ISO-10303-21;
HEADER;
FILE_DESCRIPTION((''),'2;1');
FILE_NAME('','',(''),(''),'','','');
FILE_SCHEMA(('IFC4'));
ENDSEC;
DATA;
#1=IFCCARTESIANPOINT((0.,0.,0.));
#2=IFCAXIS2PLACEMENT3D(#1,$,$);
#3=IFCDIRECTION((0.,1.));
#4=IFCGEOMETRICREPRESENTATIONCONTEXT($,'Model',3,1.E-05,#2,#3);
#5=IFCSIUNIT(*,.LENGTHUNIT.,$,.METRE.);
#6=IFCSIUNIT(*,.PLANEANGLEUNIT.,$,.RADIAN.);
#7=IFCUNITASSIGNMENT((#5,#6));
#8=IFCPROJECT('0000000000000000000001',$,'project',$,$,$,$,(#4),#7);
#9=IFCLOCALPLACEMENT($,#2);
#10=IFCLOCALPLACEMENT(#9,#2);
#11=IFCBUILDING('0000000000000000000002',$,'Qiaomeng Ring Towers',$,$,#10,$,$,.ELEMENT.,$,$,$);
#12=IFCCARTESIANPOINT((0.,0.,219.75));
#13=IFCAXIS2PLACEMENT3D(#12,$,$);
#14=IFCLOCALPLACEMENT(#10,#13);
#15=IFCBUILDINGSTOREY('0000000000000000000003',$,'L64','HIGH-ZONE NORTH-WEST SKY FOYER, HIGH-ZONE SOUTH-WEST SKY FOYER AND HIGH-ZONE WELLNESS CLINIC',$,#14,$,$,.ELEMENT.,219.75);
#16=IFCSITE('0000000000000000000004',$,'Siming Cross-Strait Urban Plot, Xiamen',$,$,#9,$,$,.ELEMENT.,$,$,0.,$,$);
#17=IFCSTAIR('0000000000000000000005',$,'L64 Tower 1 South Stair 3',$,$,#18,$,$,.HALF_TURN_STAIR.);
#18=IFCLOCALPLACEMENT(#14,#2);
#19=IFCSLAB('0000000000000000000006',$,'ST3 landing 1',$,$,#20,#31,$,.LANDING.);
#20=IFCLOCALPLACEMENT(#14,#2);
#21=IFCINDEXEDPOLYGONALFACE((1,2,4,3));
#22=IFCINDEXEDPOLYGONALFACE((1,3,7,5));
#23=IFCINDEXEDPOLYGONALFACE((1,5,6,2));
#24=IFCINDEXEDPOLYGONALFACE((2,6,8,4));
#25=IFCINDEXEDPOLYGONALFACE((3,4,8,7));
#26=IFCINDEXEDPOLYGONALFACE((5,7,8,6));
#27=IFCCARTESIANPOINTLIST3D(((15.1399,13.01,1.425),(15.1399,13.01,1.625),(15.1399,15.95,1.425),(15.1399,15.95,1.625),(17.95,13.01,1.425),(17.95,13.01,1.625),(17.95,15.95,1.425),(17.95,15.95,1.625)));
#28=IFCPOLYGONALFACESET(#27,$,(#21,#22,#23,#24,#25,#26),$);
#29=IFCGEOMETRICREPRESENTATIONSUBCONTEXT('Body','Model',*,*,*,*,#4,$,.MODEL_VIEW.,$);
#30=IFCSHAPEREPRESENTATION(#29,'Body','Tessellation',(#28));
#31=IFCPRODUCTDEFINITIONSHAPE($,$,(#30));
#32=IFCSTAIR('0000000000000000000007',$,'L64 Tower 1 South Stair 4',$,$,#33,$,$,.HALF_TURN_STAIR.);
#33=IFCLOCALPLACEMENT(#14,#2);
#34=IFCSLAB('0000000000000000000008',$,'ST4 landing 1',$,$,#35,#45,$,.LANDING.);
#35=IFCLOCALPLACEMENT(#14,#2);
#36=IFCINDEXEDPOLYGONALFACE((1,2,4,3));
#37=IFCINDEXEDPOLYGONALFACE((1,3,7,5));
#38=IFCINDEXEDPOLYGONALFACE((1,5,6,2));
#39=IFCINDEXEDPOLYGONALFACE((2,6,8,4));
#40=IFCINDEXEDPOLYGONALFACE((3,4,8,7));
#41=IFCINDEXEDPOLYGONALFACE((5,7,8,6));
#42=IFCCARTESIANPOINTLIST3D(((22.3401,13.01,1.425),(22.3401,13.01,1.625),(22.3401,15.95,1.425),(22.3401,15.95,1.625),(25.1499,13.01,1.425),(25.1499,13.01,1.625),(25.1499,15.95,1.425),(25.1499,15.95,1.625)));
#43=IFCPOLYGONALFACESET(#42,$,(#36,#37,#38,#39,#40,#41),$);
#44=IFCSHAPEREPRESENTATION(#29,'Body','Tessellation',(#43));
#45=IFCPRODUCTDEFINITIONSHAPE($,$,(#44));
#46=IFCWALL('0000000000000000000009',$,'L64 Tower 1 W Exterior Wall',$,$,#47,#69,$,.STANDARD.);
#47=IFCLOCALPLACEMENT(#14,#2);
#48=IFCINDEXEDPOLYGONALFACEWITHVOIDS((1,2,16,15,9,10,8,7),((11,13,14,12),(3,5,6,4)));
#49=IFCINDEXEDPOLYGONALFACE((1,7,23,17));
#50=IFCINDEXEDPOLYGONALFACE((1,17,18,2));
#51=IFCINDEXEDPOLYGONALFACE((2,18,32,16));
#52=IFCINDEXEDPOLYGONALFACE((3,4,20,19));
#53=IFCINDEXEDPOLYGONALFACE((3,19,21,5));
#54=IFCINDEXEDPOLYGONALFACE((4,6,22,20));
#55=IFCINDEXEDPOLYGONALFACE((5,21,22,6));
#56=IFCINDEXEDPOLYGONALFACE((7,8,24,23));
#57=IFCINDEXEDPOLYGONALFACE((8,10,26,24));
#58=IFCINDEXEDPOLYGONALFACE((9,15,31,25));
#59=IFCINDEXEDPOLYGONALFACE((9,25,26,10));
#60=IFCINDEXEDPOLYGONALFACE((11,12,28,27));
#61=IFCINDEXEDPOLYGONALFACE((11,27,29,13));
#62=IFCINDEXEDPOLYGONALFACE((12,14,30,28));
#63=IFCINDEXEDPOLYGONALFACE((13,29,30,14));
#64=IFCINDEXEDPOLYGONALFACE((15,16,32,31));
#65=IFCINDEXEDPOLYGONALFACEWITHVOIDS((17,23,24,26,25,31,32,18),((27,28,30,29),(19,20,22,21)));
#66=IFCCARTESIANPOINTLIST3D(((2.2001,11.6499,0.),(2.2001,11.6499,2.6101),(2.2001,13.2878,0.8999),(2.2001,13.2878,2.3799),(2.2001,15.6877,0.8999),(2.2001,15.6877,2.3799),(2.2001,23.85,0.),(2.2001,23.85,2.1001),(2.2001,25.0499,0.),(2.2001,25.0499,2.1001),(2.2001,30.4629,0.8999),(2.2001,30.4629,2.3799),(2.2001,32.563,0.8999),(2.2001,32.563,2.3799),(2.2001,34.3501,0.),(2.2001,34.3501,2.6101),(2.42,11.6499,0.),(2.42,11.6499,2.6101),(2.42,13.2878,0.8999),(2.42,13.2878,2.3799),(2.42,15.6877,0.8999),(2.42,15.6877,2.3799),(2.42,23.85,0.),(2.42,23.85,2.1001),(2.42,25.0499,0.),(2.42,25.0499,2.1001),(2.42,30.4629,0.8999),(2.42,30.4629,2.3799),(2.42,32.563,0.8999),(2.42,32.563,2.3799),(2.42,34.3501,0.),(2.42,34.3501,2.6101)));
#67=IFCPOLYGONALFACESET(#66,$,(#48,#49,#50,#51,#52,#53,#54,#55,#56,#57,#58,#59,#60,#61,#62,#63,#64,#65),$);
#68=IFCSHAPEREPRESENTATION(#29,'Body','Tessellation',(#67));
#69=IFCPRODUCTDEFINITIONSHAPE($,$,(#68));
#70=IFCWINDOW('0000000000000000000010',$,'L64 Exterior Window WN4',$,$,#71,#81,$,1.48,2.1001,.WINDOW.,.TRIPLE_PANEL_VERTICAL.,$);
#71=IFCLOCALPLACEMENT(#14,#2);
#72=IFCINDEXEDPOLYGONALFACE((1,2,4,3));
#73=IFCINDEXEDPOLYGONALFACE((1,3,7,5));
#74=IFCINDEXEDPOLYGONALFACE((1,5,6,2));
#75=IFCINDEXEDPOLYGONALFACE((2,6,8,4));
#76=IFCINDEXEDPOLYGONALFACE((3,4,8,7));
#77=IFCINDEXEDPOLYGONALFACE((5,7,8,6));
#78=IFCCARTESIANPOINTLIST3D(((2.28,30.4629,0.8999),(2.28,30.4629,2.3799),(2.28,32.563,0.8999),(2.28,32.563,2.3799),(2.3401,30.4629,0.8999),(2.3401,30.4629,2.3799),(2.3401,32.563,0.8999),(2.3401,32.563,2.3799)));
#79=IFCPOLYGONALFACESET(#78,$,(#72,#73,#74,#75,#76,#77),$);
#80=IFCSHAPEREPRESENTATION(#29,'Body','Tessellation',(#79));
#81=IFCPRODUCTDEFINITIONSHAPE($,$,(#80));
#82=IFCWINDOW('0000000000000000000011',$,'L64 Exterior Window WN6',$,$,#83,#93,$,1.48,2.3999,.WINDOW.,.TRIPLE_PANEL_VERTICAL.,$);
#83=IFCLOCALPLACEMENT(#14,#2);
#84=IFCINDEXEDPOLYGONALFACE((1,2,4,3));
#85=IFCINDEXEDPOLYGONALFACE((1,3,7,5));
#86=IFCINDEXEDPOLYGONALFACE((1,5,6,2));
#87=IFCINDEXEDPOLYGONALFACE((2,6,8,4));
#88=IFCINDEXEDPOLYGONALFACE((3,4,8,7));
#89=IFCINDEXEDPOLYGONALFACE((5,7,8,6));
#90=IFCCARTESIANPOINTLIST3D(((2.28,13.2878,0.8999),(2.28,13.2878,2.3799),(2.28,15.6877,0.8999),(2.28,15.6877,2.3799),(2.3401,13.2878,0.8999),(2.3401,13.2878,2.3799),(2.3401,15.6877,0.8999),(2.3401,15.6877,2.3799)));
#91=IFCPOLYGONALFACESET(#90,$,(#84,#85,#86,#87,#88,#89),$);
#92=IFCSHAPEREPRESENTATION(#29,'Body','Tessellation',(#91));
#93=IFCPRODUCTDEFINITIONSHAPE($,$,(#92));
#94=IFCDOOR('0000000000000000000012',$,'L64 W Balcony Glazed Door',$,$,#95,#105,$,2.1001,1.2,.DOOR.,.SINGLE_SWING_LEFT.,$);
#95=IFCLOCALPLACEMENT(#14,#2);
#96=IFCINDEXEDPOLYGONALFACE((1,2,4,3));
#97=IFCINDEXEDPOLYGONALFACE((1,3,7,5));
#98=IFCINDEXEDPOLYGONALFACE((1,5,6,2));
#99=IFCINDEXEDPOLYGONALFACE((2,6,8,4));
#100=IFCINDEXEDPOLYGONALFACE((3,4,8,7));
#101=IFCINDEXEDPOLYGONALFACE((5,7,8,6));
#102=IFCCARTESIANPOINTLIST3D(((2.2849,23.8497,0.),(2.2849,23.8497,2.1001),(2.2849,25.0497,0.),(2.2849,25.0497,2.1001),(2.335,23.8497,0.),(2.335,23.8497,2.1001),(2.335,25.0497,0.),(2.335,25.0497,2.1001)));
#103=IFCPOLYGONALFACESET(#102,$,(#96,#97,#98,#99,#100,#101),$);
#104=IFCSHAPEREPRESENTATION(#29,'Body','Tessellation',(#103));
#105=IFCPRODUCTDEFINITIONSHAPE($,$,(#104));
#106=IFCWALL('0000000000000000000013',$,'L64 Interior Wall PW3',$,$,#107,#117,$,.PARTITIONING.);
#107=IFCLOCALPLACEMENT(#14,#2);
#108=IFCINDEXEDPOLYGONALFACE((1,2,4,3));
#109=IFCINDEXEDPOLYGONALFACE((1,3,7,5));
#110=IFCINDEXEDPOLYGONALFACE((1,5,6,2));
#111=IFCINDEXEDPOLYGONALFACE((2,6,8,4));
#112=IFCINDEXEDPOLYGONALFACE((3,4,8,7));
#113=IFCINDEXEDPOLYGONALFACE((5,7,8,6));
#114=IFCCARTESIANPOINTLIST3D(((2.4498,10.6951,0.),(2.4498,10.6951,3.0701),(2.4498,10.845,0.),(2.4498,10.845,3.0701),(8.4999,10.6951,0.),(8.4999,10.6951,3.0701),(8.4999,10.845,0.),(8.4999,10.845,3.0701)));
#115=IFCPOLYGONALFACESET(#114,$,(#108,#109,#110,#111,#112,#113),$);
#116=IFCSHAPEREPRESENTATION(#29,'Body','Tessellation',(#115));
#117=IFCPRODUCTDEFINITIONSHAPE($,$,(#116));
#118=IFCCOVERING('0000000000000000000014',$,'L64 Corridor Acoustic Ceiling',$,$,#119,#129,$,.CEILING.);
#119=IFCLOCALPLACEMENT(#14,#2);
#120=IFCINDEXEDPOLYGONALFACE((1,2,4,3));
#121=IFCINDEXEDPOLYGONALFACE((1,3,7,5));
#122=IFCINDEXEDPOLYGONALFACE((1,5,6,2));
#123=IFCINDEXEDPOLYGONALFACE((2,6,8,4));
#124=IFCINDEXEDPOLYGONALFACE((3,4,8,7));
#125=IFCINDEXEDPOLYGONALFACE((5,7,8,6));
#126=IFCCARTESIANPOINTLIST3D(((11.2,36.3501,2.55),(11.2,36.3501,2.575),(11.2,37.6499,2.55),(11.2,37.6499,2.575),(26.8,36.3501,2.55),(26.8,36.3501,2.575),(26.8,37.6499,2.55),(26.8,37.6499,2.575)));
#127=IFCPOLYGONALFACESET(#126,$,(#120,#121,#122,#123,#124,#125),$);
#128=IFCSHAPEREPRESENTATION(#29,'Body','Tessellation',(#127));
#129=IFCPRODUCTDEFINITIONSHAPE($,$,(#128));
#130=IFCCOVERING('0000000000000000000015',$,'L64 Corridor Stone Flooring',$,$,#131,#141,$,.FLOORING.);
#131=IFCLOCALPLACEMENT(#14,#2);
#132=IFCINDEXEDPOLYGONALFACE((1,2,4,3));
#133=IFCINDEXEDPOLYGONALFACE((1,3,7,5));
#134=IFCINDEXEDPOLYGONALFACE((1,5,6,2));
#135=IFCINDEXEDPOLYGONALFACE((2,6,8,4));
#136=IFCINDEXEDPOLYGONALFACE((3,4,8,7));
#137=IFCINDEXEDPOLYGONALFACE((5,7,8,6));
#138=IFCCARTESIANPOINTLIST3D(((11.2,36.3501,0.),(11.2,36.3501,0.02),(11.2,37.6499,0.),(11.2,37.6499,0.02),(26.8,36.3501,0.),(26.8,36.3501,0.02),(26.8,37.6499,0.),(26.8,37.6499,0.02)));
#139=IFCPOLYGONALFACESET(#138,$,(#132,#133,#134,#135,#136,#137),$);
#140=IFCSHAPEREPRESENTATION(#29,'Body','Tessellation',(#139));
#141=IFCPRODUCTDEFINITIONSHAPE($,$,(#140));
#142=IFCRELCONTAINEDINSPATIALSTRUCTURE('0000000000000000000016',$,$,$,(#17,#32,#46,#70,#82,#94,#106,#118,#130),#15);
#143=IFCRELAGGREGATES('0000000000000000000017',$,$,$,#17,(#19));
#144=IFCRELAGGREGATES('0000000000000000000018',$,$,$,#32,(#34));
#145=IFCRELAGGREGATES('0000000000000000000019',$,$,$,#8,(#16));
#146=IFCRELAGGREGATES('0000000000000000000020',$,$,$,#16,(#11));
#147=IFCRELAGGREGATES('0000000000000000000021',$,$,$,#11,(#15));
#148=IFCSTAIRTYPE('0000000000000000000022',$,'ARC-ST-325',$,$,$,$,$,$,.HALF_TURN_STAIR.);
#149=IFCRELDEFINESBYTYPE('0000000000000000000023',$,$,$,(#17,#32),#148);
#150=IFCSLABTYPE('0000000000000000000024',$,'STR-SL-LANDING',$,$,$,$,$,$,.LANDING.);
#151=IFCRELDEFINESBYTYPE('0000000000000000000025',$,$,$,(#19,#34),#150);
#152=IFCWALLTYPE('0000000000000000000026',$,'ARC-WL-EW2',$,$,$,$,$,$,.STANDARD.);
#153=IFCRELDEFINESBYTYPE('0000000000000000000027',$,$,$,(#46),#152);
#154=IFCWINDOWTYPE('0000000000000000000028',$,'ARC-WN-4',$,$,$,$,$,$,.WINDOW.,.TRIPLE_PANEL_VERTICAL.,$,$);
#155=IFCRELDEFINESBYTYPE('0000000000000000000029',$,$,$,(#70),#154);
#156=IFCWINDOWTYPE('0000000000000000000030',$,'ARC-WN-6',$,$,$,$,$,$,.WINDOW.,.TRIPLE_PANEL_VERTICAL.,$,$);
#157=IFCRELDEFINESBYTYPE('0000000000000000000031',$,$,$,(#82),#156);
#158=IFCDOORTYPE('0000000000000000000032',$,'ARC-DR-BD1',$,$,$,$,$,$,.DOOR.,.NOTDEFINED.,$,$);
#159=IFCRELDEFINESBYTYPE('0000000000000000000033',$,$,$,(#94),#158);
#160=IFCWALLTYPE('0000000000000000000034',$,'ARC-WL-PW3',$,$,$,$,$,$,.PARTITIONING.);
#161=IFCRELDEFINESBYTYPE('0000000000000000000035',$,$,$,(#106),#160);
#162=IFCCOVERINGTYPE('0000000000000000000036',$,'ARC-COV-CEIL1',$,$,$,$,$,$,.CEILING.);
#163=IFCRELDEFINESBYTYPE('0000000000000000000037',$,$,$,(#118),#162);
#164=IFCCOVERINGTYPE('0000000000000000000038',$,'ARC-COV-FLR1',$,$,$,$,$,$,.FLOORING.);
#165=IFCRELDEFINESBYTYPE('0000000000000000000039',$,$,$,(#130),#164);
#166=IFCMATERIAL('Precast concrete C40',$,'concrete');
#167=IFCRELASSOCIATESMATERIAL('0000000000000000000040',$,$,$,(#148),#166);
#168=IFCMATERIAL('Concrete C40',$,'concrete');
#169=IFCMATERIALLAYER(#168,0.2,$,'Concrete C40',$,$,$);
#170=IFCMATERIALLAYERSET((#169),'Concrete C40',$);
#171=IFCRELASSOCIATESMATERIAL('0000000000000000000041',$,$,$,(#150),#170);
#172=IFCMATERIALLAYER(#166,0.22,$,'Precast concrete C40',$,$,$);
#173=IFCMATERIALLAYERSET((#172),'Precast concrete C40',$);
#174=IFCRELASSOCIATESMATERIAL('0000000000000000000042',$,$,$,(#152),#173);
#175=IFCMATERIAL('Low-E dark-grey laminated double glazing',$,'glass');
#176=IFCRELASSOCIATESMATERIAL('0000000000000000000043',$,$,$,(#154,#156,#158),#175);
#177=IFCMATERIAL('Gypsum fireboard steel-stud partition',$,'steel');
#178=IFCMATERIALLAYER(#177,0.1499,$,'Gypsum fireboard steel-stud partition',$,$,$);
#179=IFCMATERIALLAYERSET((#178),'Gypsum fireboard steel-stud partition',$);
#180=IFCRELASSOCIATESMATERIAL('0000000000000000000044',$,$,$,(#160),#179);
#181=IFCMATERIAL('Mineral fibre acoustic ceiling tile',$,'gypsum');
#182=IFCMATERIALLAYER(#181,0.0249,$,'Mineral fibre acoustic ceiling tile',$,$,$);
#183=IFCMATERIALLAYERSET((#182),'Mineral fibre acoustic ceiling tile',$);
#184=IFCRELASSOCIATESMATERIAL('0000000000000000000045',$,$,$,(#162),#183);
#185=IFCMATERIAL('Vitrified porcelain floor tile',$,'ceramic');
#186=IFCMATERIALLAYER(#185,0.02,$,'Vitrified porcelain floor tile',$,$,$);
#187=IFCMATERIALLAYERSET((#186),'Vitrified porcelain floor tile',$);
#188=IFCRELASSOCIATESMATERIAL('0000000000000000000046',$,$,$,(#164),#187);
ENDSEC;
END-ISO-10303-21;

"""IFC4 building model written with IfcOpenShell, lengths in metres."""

from ifc_helpers import new_model, si_unit, direction, frame, frame_2d, origin, place, context, subcontext, project, spatial, polyline, rectangle, outline, extrude, source, transform, mapped, material, layer, layer_set, type_object, element, fill, aggregate, save


model = new_model("IFC4")

# Units and contexts
model_context = context("Model", 3, precision=1e-05, world=origin(), true_north=direction((0.0, 1.0)))
body_context = subcontext(model_context, "Body", "Model", "MODEL_VIEW")
ifc_project = project(units=[si_unit("LENGTHUNIT", "METRE"), si_unit("PLANEANGLEUNIT", "RADIAN")], contexts=[model_context])

# Site, building, storey
site_placement = place(None, origin())
site = spatial("IfcSite", under=ifc_project, at=site_placement, Name="Siming Cross-Strait Urban Plot, Xiamen", CompositionType="ELEMENT", RefElevation=0.0)
building_placement = place(site_placement, origin())
building = spatial("IfcBuilding", under=site, at=building_placement, Name="Qiaomeng Ring Towers", CompositionType="ELEMENT")
storey_placement = place(building_placement, frame((0.0, 0.0, 219.75)))
storey = spatial("IfcBuildingStorey", under=building, at=storey_placement, Name="L64", Description="HIGH-ZONE NORTH-WEST SKY FOYER, HIGH-ZONE SOUTH-WEST SKY FOYER AND HIGH-ZONE WELLNESS CLINIC", CompositionType="ELEMENT", Elevation=219.75)

# Shared definitions
ifc_material_1 = material(Name="Concrete C40", Category="concrete")

# Stairs, slabs
ifc_material_2 = material(Name="Precast concrete C40", Category="concrete")
stair_type = type_object("IfcStairType", Name="ARC-ST-325", PredefinedType="HALF_TURN_STAIR", material=ifc_material_2)
ifc_layer_1 = layer(ifc_material_1, 0.2, Name="Concrete C40")
ifc_layer_set_1 = layer_set([ifc_layer_1], Name="Concrete C40")
slab_type_1 = type_object("IfcSlabType", Name="STR-SL-LANDING", PredefinedType="LANDING", material=ifc_layer_set_1)
stair_1_placement = place(storey_placement, origin())
stair_1 = element("IfcStair", 1, at=stair_1_placement, inside=storey, type_object=stair_type, Name="L64 Tower 1 South Stair 3", PredefinedType="HALF_TURN_STAIR")
slab_1_placement = place(storey_placement, frame((0.0, 0.0, 1.425)))
slab_1 = element("IfcSlab", 2, at=slab_1_placement, type_object=slab_type_1, Name="ST3 landing 1", PredefinedType="LANDING", context=body_context, shape_type="SweptSolid", body=[
    extrude(outline(polyline([(15.1399, 13.01), (17.95, 13.01), (17.95, 15.95), (15.1399, 15.95), (15.1399, 13.01)])), origin(), (0.0, 0.0, 1.0), 0.2),
])
aggregate(stair_1, [slab_1])
stair_2_placement = place(storey_placement, origin())
stair_2 = element("IfcStair", 3, at=stair_2_placement, inside=storey, type_object=stair_type, Name="L64 Tower 1 South Stair 4", PredefinedType="HALF_TURN_STAIR")
slab_2_placement = place(storey_placement, frame((0.0, 0.0, 1.425)))
slab_2 = element("IfcSlab", 4, at=slab_2_placement, type_object=slab_type_1, Name="ST4 landing 1", PredefinedType="LANDING", context=body_context, shape_type="SweptSolid", body=[
    extrude(outline(polyline([(22.3401, 13.01), (25.1499, 13.01), (25.1499, 15.95), (22.3401, 15.95), (22.3401, 13.01)])), origin(), (0.0, 0.0, 1.0), 0.2),
])
aggregate(stair_2, [slab_2])

# Wall, openings, windows, door
ifc_layer_2 = layer(ifc_material_2, 0.22, Name="Precast concrete C40")
ifc_layer_set_2 = layer_set([ifc_layer_2], Name="Precast concrete C40")
wall_type_1 = type_object("IfcWallType", Name="ARC-WL-EW2", PredefinedType="STANDARD", material=ifc_layer_set_2)
wall_1_placement = place(storey_placement, frame((2.3101, 11.6499, 0.0), z_axis=(0.0, 0.0, 1.0), x_axis=(0.0, 1.0, 0.0)))
wall_1 = element("IfcWall", 5, at=wall_1_placement, inside=storey, type_object=wall_type_1, Name="L64 Tower 1 W Exterior Wall", PredefinedType="STANDARD", context=body_context, shape_type="SweptSolid", body=[
    extrude(rectangle(XDim=22.7002, YDim=0.22, at=frame_2d((11.3501, 0.0))), origin(), (0.0, 0.0, 1.0), 2.6101),
])
opening_1_placement = place(wall_1_placement, frame((12.2, 0.0, 0.0)))
opening_1 = element("IfcOpeningElement", 6, at=opening_1_placement, cuts=wall_1, PredefinedType="OPENING", context=body_context, shape_type="SweptSolid", body=[
    extrude(rectangle(XDim=1.2, YDim=2.1001, at=frame_2d((0.6001, 1.05))), frame((0.0, 0.1199, 0.0), z_axis=(0.0, -1.0, 0.0), x_axis=(1.0, 0.0, 0.0)), (0.0, 0.0, 1.0), 0.24),
])
opening_2_placement = place(wall_1_placement, frame((1.6379, 0.0, 0.8999)))
opening_2 = element("IfcOpeningElement", 7, at=opening_2_placement, cuts=wall_1, PredefinedType="OPENING", context=body_context, shape_type="SweptSolid", body=[
    extrude(rectangle(XDim=2.3999, YDim=1.48, at=frame_2d((1.2, 0.74))), frame((0.0, 0.1199, 0.0), z_axis=(0.0, -1.0, 0.0), x_axis=(1.0, 0.0, 0.0)), (0.0, 0.0, 1.0), 0.24),
])
opening_3_placement = place(wall_1_placement, frame((18.813, 0.0, 0.8999)))
opening_3 = element("IfcOpeningElement", 8, at=opening_3_placement, cuts=wall_1, PredefinedType="OPENING", context=body_context, shape_type="SweptSolid", body=[
    extrude(rectangle(XDim=2.1001, YDim=1.48, at=frame_2d((1.05, 0.74))), frame((0.0, 0.1199, 0.0), z_axis=(0.0, -1.0, 0.0), x_axis=(1.0, 0.0, 0.0)), (0.0, 0.0, 1.0), 0.24),
])
ifc_material_3 = material(Name="Low-E dark-grey laminated double glazing", Category="glass")
window_type_1 = type_object("IfcWindowType", Name="ARC-WN-4", PartitioningType="TRIPLE_PANEL_VERTICAL", PredefinedType="WINDOW", material=ifc_material_3)
shared_shape_1 = source(origin(), body_context, "Body", "SweptSolid", [
    extrude(rectangle(XDim=2.1001, YDim=1.48, at=frame_2d((1.05, 0.74))), frame((0.0, 0.03, 0.0), z_axis=(0.0, -1.0, 0.0), x_axis=(1.0, 0.0, 0.0)), (0.0, 0.0, 1.0), 0.0601),
])
window_1_placement = place(opening_3_placement, origin())
window_1 = element("IfcWindow", 9, at=window_1_placement, inside=storey, type_object=window_type_1, Name="L64 Exterior Window WN4", OverallHeight=1.48, OverallWidth=2.1001, PartitioningType="TRIPLE_PANEL_VERTICAL", PredefinedType="WINDOW", context=body_context, shape_type="MappedRepresentation", body=[
    mapped(shared_shape_1, transform((0.0, 0.0, 0.0), x_axis=(1.0, 0.0, 0.0), y_axis=(0.0, 1.0, 0.0), z_axis=(0.0, 0.0, 1.0), scale=1.0)),
])
fill(opening_3, window_1)
window_type_2 = type_object("IfcWindowType", Name="ARC-WN-6", PartitioningType="TRIPLE_PANEL_VERTICAL", PredefinedType="WINDOW", material=ifc_material_3)
shared_shape_2 = source(origin(), body_context, "Body", "SweptSolid", [
    extrude(rectangle(XDim=2.3999, YDim=1.48, at=frame_2d((1.2, 0.74))), frame((0.0, 0.03, 0.0), z_axis=(0.0, -1.0, 0.0), x_axis=(1.0, 0.0, 0.0)), (0.0, 0.0, 1.0), 0.0601),
])
window_2_placement = place(opening_2_placement, origin())
window_2 = element("IfcWindow", 10, at=window_2_placement, inside=storey, type_object=window_type_2, Name="L64 Exterior Window WN6", OverallHeight=1.48, OverallWidth=2.3999, PartitioningType="TRIPLE_PANEL_VERTICAL", PredefinedType="WINDOW", context=body_context, shape_type="MappedRepresentation", body=[
    mapped(shared_shape_2, transform((0.0, 0.0, 0.0), x_axis=(1.0, 0.0, 0.0), y_axis=(0.0, 1.0, 0.0), z_axis=(0.0, 0.0, 1.0), scale=1.0)),
])
fill(opening_2, window_2)
door_type = type_object("IfcDoorType", Name="ARC-DR-BD1", OperationType="NOTDEFINED", PredefinedType="DOOR", material=ifc_material_3)
shared_shape_3 = source(origin(), body_context, "Body", "SweptSolid", [
    extrude(rectangle(XDim=1.2, YDim=2.1001, at=frame_2d((0.6001, 1.05))), frame((0.0, 0.0249, 0.0), z_axis=(0.0, -1.0, 0.0), x_axis=(1.0, 0.0, 0.0)), (0.0, 0.0, 1.0), 0.05),
])
door_placement = place(opening_1_placement, frame((1.2, 0.0, 0.0), z_axis=(0.0, 0.0, 1.0), x_axis=(-1.0, 0.0, 0.0)))
door = element("IfcDoor", 11, at=door_placement, inside=storey, type_object=door_type, Name="L64 W Balcony Glazed Door", OperationType="SINGLE_SWING_LEFT", OverallHeight=2.1001, OverallWidth=1.2, PredefinedType="DOOR", context=body_context, shape_type="MappedRepresentation", body=[
    mapped(shared_shape_3, transform((0.0, 0.0, 0.0), x_axis=(1.0, 0.0, 0.0), y_axis=(0.0, 1.0, 0.0), z_axis=(0.0, 0.0, 1.0), scale=1.0)),
])
fill(opening_1, door)

# Wall
ifc_material_4 = material(Name="Gypsum fireboard steel-stud partition", Category="steel")
ifc_layer_3 = layer(ifc_material_4, 0.1499, Name="Gypsum fireboard steel-stud partition")
ifc_layer_set_3 = layer_set([ifc_layer_3], Name="Gypsum fireboard steel-stud partition")
wall_type_2 = type_object("IfcWallType", Name="ARC-WL-PW3", PredefinedType="PARTITIONING", material=ifc_layer_set_3)
wall_2_placement = place(storey_placement, frame((2.45, 10.77, 0.0), z_axis=(0.0, 0.0, 1.0), x_axis=(1.0, 0.0, 0.0)))
element("IfcWall", 12, at=wall_2_placement, inside=storey, type_object=wall_type_2, Name="L64 Interior Wall PW3", PredefinedType="PARTITIONING", context=body_context, shape_type="SweptSolid", body=[
    extrude(rectangle(XDim=6.05, YDim=0.1499, at=frame_2d((3.0249, 0.0))), origin(), (0.0, 0.0, 1.0), 3.0701),
])

# Coverings
ifc_material_5 = material(Name="Mineral fibre acoustic ceiling tile", Category="gypsum")
ifc_layer_4 = layer(ifc_material_5, 0.0249, Name="Mineral fibre acoustic ceiling tile")
ifc_layer_set_4 = layer_set([ifc_layer_4], Name="Mineral fibre acoustic ceiling tile")
covering_type_1 = type_object("IfcCoveringType", Name="ARC-COV-CEIL1", PredefinedType="CEILING", material=ifc_layer_set_4)
covering_1_placement = place(storey_placement, frame((0.0, 0.0, 2.55)))
element("IfcCovering", 13, at=covering_1_placement, inside=storey, type_object=covering_type_1, Name="L64 Corridor Acoustic Ceiling", PredefinedType="CEILING", context=body_context, shape_type="SweptSolid", body=[
    extrude(outline(polyline([(11.2, 36.3501), (11.2, 37.6499), (26.8, 37.6499), (26.8, 36.3501), (11.2, 36.3501)])), origin(), (0.0, 0.0, 1.0), 0.0249),
])
ifc_material_6 = material(Name="Vitrified porcelain floor tile", Category="ceramic")
ifc_layer_5 = layer(ifc_material_6, 0.02, Name="Vitrified porcelain floor tile")
ifc_layer_set_5 = layer_set([ifc_layer_5], Name="Vitrified porcelain floor tile")
covering_type_2 = type_object("IfcCoveringType", Name="ARC-COV-FLR1", PredefinedType="FLOORING", material=ifc_layer_set_5)
covering_2_placement = place(storey_placement, origin())
element("IfcCovering", 14, at=covering_2_placement, inside=storey, type_object=covering_type_2, Name="L64 Corridor Stone Flooring", PredefinedType="FLOORING", context=body_context, shape_type="SweptSolid", body=[
    extrude(outline(polyline([(11.2, 36.3501), (11.2, 37.6499), (26.8, 37.6499), (26.8, 36.3501), (11.2, 36.3501)])), origin(), (0.0, 0.0, 1.0), 0.02),
])

save(model, "model.ifc")
